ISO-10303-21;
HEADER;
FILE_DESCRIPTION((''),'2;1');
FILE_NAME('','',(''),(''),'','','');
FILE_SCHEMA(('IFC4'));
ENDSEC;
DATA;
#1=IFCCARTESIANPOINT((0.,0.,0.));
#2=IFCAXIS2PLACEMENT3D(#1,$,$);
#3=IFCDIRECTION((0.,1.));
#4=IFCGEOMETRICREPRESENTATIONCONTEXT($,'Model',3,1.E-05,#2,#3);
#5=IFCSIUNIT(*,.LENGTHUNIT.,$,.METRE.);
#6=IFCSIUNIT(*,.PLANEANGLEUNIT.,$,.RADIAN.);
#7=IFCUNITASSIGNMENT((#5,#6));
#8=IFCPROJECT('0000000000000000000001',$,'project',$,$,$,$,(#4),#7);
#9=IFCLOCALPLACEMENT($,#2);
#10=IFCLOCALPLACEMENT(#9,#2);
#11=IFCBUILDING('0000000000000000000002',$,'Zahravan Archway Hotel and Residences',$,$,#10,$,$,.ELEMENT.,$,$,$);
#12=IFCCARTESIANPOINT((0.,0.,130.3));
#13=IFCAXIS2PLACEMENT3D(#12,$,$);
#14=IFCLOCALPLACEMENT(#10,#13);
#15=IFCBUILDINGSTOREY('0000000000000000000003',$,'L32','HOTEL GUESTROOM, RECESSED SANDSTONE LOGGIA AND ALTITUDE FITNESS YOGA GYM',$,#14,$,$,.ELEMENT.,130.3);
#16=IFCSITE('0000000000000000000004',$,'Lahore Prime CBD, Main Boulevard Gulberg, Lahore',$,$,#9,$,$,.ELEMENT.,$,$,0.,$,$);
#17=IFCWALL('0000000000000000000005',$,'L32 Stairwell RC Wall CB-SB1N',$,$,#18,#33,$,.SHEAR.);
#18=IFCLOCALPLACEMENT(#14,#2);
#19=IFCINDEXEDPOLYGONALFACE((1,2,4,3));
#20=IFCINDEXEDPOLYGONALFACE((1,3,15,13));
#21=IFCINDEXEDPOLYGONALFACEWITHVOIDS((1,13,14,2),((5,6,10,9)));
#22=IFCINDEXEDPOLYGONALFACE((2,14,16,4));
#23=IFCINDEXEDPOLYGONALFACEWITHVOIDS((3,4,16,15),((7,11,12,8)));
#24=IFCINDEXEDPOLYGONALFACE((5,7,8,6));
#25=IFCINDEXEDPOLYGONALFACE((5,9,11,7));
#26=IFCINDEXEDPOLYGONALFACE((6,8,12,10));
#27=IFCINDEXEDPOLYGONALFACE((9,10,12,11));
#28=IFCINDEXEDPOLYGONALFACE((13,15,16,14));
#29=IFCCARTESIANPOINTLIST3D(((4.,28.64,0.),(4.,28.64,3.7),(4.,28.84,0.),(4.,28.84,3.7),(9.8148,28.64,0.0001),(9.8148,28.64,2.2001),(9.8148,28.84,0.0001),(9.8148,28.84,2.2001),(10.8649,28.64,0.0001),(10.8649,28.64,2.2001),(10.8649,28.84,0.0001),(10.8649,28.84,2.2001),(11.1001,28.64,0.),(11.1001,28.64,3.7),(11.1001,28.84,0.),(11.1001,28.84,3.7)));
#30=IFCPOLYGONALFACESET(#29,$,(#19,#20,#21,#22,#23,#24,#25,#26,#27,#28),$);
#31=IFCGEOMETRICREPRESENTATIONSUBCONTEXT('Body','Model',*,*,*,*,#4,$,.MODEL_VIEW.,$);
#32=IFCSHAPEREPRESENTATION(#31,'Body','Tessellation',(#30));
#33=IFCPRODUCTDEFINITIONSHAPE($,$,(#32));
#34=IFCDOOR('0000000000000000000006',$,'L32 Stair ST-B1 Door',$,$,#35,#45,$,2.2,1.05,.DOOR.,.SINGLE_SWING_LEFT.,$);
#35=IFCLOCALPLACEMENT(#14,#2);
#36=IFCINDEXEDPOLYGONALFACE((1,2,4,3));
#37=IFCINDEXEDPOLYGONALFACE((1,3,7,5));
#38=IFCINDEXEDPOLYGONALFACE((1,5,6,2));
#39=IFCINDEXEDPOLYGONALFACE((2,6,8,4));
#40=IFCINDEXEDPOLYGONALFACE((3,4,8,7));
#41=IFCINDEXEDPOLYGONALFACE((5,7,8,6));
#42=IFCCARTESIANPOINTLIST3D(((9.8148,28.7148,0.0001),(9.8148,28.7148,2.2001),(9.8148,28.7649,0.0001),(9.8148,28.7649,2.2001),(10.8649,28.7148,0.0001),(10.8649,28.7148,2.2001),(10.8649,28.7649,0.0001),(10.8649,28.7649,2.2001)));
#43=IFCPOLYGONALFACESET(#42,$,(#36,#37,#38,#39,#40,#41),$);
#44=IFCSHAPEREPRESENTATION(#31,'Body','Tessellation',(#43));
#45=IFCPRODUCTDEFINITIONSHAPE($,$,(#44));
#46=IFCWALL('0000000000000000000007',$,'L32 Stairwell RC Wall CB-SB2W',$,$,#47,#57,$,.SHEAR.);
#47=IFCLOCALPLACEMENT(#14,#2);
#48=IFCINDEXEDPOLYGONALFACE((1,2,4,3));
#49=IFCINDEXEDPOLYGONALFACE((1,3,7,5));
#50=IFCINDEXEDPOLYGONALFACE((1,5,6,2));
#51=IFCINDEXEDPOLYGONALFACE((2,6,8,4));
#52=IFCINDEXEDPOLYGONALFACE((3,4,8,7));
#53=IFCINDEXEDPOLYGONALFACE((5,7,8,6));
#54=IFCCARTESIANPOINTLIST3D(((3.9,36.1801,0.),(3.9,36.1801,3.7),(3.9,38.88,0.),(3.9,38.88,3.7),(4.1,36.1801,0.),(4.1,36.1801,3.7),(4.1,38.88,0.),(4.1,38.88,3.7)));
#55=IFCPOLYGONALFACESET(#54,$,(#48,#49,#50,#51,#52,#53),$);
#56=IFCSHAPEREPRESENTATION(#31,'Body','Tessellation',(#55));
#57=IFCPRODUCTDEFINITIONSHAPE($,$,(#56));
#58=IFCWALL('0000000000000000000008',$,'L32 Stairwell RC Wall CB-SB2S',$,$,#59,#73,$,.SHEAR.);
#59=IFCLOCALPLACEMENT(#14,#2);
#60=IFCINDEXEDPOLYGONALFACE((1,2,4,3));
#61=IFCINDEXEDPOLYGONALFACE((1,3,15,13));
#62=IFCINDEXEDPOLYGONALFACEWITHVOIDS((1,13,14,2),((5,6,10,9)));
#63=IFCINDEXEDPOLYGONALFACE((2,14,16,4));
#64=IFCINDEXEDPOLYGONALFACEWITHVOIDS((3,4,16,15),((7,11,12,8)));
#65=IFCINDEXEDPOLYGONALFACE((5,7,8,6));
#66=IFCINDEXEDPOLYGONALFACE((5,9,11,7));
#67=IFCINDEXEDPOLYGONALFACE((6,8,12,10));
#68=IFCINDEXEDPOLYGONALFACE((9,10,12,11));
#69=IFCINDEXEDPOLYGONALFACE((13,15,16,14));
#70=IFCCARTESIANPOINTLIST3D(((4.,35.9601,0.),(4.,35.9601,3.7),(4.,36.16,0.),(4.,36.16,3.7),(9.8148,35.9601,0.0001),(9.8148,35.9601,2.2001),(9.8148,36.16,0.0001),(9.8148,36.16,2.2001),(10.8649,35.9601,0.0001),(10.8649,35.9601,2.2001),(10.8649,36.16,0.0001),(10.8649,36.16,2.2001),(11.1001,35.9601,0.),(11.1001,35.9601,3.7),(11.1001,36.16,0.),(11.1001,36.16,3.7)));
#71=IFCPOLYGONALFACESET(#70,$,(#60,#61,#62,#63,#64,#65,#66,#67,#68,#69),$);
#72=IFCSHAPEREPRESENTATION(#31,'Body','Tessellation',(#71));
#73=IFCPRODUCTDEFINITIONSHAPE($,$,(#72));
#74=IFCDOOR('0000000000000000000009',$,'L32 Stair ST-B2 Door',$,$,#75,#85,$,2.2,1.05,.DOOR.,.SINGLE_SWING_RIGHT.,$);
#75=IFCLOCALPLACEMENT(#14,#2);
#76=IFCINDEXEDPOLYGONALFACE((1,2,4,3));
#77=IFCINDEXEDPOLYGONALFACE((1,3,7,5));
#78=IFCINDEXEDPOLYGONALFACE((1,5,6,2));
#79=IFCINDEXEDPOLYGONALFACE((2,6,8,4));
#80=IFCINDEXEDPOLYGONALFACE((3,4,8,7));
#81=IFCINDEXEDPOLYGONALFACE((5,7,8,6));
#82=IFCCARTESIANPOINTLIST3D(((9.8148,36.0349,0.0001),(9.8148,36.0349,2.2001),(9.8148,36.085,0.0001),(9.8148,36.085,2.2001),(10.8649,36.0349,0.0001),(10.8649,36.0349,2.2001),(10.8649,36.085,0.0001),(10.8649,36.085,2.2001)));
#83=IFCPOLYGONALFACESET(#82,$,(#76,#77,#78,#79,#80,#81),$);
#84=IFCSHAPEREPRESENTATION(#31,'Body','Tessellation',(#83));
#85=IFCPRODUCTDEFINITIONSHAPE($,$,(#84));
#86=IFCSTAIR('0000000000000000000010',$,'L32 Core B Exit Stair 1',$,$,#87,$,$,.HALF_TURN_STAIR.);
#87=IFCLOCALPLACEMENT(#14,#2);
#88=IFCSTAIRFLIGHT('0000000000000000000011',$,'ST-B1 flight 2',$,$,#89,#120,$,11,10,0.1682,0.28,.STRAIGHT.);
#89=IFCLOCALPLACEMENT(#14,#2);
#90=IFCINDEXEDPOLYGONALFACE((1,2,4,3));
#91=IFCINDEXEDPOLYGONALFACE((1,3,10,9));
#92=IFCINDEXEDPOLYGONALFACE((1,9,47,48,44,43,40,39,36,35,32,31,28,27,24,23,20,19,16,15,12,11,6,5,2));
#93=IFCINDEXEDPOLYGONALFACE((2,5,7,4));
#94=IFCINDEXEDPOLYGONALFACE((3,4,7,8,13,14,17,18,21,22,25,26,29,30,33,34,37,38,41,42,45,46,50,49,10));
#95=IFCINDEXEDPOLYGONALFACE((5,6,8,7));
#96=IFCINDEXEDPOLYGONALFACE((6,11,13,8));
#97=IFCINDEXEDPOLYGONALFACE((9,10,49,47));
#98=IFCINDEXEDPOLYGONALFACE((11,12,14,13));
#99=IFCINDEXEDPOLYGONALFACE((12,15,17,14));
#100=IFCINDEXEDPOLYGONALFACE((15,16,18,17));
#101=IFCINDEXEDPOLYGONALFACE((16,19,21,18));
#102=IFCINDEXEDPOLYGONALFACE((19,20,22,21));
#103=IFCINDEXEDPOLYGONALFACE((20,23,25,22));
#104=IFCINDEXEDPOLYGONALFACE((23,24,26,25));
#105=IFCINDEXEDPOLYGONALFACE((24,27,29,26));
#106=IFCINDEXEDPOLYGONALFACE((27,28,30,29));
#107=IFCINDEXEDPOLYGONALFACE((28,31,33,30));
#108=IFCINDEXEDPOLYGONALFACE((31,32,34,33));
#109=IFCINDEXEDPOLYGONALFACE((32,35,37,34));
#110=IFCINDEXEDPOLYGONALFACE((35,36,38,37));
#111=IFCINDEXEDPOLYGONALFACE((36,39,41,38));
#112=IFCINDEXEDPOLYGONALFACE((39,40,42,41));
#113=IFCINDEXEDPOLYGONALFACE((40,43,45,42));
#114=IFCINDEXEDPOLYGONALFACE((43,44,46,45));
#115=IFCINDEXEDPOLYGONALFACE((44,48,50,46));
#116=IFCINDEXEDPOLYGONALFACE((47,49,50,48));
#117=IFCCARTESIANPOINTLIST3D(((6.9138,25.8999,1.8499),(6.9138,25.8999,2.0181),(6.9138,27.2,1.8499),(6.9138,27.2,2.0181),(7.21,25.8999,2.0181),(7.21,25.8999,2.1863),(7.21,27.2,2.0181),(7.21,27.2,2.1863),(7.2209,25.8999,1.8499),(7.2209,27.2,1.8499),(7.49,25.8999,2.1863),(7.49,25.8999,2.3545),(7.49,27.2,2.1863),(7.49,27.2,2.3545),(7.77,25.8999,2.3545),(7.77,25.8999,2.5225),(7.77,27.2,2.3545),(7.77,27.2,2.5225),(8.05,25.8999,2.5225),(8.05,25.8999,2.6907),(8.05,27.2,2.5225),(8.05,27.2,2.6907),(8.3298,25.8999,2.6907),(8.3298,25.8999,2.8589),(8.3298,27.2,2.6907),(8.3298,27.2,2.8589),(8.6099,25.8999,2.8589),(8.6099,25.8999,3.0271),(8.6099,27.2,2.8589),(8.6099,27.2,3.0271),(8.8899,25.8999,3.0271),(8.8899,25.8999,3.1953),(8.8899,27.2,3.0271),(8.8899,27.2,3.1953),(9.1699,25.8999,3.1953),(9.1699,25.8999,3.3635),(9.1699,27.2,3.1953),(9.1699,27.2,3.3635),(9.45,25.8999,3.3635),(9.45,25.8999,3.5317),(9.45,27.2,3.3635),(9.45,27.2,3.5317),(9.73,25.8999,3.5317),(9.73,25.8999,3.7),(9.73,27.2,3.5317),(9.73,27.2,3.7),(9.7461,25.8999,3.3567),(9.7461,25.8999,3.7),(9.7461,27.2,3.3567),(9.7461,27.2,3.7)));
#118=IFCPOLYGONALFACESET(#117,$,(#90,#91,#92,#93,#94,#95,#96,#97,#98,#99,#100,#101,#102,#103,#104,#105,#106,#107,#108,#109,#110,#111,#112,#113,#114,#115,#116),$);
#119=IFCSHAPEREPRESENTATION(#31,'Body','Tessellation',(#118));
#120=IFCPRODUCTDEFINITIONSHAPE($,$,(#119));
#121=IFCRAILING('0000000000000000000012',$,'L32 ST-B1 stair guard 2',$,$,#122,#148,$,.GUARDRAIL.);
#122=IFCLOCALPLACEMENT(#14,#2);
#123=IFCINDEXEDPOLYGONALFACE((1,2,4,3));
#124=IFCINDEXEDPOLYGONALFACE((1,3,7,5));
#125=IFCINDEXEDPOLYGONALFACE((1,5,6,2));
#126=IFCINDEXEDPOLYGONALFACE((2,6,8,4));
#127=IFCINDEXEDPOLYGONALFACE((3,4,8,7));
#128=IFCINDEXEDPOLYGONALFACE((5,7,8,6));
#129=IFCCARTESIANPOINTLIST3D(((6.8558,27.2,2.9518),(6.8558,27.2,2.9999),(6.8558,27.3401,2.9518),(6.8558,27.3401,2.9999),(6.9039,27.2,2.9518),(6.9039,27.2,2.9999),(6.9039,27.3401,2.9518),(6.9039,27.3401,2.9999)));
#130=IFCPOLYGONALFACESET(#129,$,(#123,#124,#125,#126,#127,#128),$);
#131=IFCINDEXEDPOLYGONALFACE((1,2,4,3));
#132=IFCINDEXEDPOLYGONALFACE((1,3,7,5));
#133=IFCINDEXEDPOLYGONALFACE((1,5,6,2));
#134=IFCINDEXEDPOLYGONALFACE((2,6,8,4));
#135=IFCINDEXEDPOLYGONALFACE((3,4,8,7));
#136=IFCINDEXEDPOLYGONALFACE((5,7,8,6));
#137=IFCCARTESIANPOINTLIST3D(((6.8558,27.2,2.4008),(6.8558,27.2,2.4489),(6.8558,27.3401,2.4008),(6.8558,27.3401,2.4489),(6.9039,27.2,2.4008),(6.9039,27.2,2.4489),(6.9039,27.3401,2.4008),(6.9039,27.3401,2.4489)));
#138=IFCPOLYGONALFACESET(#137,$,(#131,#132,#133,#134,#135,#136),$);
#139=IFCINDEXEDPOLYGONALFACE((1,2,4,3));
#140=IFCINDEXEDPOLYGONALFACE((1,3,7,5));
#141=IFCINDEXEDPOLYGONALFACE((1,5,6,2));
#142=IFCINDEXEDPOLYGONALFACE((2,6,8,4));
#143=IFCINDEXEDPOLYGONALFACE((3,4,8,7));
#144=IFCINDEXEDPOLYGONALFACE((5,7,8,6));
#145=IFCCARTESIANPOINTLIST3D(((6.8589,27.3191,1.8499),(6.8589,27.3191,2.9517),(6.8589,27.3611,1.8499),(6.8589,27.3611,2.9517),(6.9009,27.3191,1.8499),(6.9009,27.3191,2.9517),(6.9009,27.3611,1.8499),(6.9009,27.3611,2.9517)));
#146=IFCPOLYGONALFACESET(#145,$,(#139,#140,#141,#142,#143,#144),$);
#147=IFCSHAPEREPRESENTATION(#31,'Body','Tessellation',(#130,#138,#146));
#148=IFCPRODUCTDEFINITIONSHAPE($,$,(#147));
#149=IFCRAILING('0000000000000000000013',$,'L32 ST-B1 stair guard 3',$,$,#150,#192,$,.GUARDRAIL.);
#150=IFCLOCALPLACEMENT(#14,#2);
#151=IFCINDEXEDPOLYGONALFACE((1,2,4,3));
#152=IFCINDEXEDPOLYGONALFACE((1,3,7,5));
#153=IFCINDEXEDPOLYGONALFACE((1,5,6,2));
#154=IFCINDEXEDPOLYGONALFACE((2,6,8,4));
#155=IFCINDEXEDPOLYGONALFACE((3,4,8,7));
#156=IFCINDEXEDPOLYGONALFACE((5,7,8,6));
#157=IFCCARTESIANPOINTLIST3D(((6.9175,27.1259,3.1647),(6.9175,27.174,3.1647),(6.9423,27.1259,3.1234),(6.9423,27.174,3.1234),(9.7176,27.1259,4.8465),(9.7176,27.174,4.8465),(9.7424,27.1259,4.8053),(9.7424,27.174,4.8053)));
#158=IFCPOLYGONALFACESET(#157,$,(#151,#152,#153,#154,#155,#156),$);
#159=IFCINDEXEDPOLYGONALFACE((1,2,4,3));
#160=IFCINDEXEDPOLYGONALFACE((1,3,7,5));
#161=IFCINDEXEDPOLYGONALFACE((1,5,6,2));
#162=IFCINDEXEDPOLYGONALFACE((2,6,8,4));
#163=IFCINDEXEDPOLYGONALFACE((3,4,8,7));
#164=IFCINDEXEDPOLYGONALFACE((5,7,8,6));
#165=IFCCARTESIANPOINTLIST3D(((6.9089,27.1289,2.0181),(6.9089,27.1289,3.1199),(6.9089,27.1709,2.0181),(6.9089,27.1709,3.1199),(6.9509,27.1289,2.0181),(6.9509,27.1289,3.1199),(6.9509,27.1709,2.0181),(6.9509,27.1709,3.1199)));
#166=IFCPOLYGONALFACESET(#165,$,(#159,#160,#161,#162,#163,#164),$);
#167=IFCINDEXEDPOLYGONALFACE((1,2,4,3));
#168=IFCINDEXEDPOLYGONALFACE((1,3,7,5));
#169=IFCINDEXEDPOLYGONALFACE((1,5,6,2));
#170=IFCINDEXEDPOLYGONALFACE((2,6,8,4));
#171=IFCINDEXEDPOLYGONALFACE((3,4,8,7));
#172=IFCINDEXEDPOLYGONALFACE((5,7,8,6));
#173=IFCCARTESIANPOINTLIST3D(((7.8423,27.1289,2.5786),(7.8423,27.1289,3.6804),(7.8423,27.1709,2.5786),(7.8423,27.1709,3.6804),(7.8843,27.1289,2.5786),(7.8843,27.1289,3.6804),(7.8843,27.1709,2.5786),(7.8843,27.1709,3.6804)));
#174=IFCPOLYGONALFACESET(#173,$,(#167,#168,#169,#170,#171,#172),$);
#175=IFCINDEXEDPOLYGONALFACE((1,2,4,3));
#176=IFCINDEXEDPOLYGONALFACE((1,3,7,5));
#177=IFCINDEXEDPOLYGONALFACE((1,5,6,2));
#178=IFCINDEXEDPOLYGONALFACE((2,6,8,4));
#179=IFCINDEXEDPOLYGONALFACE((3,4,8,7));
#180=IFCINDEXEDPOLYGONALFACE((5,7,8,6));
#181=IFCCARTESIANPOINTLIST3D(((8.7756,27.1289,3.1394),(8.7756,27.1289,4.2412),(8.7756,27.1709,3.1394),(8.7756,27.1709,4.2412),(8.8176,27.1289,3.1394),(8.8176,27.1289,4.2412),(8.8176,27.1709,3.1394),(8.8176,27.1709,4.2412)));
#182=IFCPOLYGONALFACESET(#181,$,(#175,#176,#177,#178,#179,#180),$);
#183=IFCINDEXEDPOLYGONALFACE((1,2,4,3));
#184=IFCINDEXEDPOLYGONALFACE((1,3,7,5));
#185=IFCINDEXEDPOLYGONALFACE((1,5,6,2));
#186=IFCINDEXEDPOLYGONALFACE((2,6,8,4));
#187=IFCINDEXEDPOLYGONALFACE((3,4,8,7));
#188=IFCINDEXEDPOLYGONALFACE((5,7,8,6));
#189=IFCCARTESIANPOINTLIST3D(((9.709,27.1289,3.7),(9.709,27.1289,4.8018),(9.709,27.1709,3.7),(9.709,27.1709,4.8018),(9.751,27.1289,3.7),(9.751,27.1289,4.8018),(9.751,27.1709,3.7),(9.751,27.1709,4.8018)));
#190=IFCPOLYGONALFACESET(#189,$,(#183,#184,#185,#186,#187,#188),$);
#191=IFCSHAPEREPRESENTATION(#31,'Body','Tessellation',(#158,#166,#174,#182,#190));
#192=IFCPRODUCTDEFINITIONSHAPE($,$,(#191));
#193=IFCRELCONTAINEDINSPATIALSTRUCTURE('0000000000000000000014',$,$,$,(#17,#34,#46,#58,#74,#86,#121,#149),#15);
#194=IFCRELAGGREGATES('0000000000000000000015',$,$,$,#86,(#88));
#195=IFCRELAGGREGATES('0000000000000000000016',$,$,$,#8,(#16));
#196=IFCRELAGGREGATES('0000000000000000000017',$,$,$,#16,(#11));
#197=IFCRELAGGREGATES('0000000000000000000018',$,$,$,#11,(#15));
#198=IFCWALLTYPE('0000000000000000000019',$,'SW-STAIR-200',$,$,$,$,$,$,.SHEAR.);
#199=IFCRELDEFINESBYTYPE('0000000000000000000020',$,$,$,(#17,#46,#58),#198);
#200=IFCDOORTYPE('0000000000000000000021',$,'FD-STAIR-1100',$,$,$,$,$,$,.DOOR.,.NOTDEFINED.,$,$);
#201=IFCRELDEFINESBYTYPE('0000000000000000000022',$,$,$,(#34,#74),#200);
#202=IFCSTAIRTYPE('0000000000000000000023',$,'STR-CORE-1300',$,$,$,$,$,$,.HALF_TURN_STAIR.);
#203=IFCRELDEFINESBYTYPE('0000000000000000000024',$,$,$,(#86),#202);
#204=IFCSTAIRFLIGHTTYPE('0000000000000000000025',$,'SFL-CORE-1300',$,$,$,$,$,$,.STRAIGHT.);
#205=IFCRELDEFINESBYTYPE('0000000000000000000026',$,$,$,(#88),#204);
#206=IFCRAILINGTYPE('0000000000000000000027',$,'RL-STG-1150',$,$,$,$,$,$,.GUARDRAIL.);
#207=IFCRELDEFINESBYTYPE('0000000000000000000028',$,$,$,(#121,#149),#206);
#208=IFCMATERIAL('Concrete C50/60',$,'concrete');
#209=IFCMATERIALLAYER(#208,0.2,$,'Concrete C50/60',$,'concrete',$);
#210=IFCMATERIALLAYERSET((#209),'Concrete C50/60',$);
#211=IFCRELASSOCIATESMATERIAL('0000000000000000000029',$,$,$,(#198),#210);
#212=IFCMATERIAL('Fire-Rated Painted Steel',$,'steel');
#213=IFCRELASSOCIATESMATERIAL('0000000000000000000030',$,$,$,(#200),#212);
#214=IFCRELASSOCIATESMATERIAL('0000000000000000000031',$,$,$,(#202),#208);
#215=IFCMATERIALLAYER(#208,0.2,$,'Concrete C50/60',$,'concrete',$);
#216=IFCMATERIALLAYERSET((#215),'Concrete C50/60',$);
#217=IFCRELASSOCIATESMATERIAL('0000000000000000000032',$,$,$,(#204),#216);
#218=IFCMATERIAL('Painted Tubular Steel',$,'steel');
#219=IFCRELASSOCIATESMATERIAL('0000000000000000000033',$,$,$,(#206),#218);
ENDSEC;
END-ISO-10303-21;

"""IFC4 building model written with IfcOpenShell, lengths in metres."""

from ifc_helpers import new_model, si_unit, direction, frame, frame_2d, origin, origin_2d, place, context, subcontext, project, spatial, polyline, rectangle, outline, extrude, source, transform, mapped, material, layer, layer_set, type_object, type_shapes, element, fill, aggregate, save


model = new_model("IFC4")

# Units and contexts
model_context = context("Model", 3, precision=1e-05, world=origin(), true_north=direction((0.0, 1.0)))
body_context = subcontext(model_context, "Body", "Model", "MODEL_VIEW")
ifc_project = project(units=[si_unit("LENGTHUNIT", "METRE"), si_unit("PLANEANGLEUNIT", "RADIAN")], contexts=[model_context])

# Site, building, storey
site_placement = place(None, origin())
site = spatial("IfcSite", under=ifc_project, at=site_placement, Name="Lahore Prime CBD, Main Boulevard Gulberg, Lahore", CompositionType="ELEMENT", RefElevation=0.0)
building_placement = place(site_placement, origin())
building = spatial("IfcBuilding", under=site, at=building_placement, Name="Zahravan Archway Hotel and Residences", CompositionType="ELEMENT")
storey_placement = place(building_placement, frame((0.0, 0.0, 130.3)))
storey = spatial("IfcBuildingStorey", under=building, at=storey_placement, Name="L32", Description="HOTEL GUESTROOM, RECESSED SANDSTONE LOGGIA AND ALTITUDE FITNESS YOGA GYM", CompositionType="ELEMENT", Elevation=130.3)

# Shared definitions
ifc_material_1 = material(Name="Fire-Rated Painted Steel", Category="steel")

# Shared definitions
ifc_material_2 = material(Name="Concrete C50/60", Category="concrete")
ifc_layer_1 = layer(ifc_material_2, 0.2, Name="Concrete C50/60", Category="concrete")
ifc_layer_set_1 = layer_set([ifc_layer_1], Name="Concrete C50/60")
wall_type_1 = type_object("IfcWallType", Name="SW-STAIR-200", PredefinedType="SHEAR", material=ifc_layer_set_1)

# Wall, opening, door
wall_1_placement = place(storey_placement, frame((4.0, 28.74, 0.0), z_axis=(0.0, 0.0, 1.0), x_axis=(1.0, 0.0, 0.0)))
wall_1 = element("IfcWall", 1, at=wall_1_placement, inside=storey, type_object=wall_type_1, Name="L32 Stairwell RC Wall CB-SB1N", PredefinedType="SHEAR", context=body_context, shape_type="SweptSolid", body=[
    extrude(rectangle(XDim=7.1001, YDim=0.2, at=frame_2d((3.55, 0.0))), origin(), (0.0, 0.0, 1.0), 3.7),
])
opening_1_placement = place(wall_1_placement, frame((5.8149, 0.0, 0.0)))
opening_1 = element("IfcOpeningElement", 2, at=opening_1_placement, cuts=wall_1, PredefinedType="OPENING", context=body_context, shape_type="SweptSolid", body=[
    extrude(rectangle(XDim=1.05, YDim=2.2, at=frame_2d((0.5249, 1.1001))), frame((0.0, 0.1099, 0.0), z_axis=(0.0, -1.0, 0.0), x_axis=(1.0, 0.0, 0.0)), (0.0, 0.0, 1.0), 0.22),
])
door_type_1 = type_object("IfcDoorType", Name="FD-STAIR-1100", OperationType="NOTDEFINED", PredefinedType="DOOR", material=ifc_material_1)
shared_shape_1 = source(origin(), body_context, "Body", "SweptSolid", [
    extrude(rectangle(XDim=1.05, YDim=2.2, at=frame_2d((0.5249, 1.1001))), frame((0.0, 0.0249, 0.0), z_axis=(0.0, -1.0, 0.0), x_axis=(1.0, 0.0, 0.0)), (0.0, 0.0, 1.0), 0.05),
])
type_shapes(door_type_1, [shared_shape_1])
door_1_placement = place(opening_1_placement, origin())
door_1 = element("IfcDoor", 3, at=door_1_placement, inside=storey, type_object=door_type_1, Name="L32 Stair ST-B1 Door", OperationType="SINGLE_SWING_LEFT", OverallHeight=2.2, OverallWidth=1.05, PredefinedType="DOOR", context=body_context, shape_type="MappedRepresentation", body=[
    mapped(shared_shape_1, transform((0.0, 0.0, 0.0), scale=1.0)),
])
fill(opening_1, door_1)

# Wall
wall_2_placement = place(storey_placement, frame((4.0, 36.1799, 0.0), z_axis=(0.0, 0.0, 1.0), x_axis=(0.0, 1.0, 0.0)))
element("IfcWall", 4, at=wall_2_placement, inside=storey, type_object=wall_type_1, Name="L32 Stairwell RC Wall CB-SB2W", PredefinedType="SHEAR", context=body_context, shape_type="SweptSolid", body=[
    extrude(rectangle(XDim=2.7, YDim=0.2, at=frame_2d((1.3501, 0.0))), origin(), (0.0, 0.0, 1.0), 3.7),
])

# Wall, opening, door
wall_3_placement = place(storey_placement, frame((4.0, 36.0601, 0.0), z_axis=(0.0, 0.0, 1.0), x_axis=(1.0, 0.0, 0.0)))
wall_3 = element("IfcWall", 5, at=wall_3_placement, inside=storey, type_object=wall_type_1, Name="L32 Stairwell RC Wall CB-SB2S", PredefinedType="SHEAR", context=body_context, shape_type="SweptSolid", body=[
    extrude(rectangle(XDim=7.1001, YDim=0.2, at=frame_2d((3.55, 0.0))), origin(), (0.0, 0.0, 1.0), 3.7),
])
opening_2_placement = place(wall_3_placement, frame((5.8149, 0.0, 0.0)))
opening_2 = element("IfcOpeningElement", 6, at=opening_2_placement, cuts=wall_3, PredefinedType="OPENING", context=body_context, shape_type="SweptSolid", body=[
    extrude(rectangle(XDim=1.05, YDim=2.2, at=frame_2d((0.5249, 1.1001))), frame((0.0, 0.1099, 0.0), z_axis=(0.0, -1.0, 0.0), x_axis=(1.0, 0.0, 0.0)), (0.0, 0.0, 1.0), 0.22),
])
door_2_placement = place(opening_2_placement, origin())
door_2 = element("IfcDoor", 7, at=door_2_placement, inside=storey, type_object=door_type_1, Name="L32 Stair ST-B2 Door", OperationType="SINGLE_SWING_RIGHT", OverallHeight=2.2, OverallWidth=1.05, PredefinedType="DOOR", context=body_context, shape_type="MappedRepresentation", body=[
    mapped(shared_shape_1, transform((0.0, 0.0, 0.0), scale=1.0)),
])
fill(opening_2, door_2)

# Stair, stair flight
stair_type = type_object("IfcStairType", Name="STR-CORE-1300", PredefinedType="HALF_TURN_STAIR", material=ifc_material_2)
stair_placement = place(storey_placement, origin())
stair = element("IfcStair", 8, at=stair_placement, inside=storey, type_object=stair_type, Name="L32 Core B Exit Stair 1", PredefinedType="HALF_TURN_STAIR")
ifc_layer_2 = layer(ifc_material_2, 0.2, Name="Concrete C50/60", Category="concrete")
ifc_layer_set_2 = layer_set([ifc_layer_2], Name="Concrete C50/60")
stair_flight_type = type_object("IfcStairFlightType", Name="SFL-CORE-1300", PredefinedType="STRAIGHT", material=ifc_layer_set_2)
shared_shape_2 = source(origin(), body_context, "Body", "SweptSolid", [
    extrude(outline(polyline([(-0.0161, 0.0), (-0.0161, 0.1682), (0.28, 0.1682), (0.28, 0.3364), (0.5601, 0.3364), (0.5601, 0.5046), (0.8401, 0.5046), (0.8401, 0.6726), (1.1201, 0.6726), (1.1201, 0.8408), (1.3999, 0.8408), (1.3999, 1.009), (1.6799, 1.009), (1.6799, 1.1772), (1.96, 1.1772), (1.96, 1.3455), (2.24, 1.3455), (2.24, 1.5137), (2.52, 1.5137), (2.52, 1.6819), (2.8, 1.6819), (2.8, 1.8501), (2.8162, 1.8501), (2.8162, 1.5068), (0.291, 0.0), (-0.0161, 0.0)])), frame((0.0, 0.6499, 0.0), z_axis=(0.0, -1.0, 0.0), x_axis=(1.0, 0.0, 0.0)), (0.0, 0.0, 1.0), 1.3),
])
stair_flight_placement = place(storey_placement, frame((6.9299, 26.55, 1.8499), z_axis=(0.0, 0.0, 1.0), x_axis=(1.0, 0.0, 0.0)))
stair_flight = element("IfcStairFlight", 9, at=stair_flight_placement, type_object=stair_flight_type, Name="ST-B1 flight 2", NumberOfRisers=11, NumberOfTreads=10, PredefinedType="STRAIGHT", RiserHeight=0.1682, TreadLength=0.28, context=body_context, shape_type="MappedRepresentation", body=[
    mapped(shared_shape_2, transform((0.0, 0.0, 0.0), scale=1.0)),
])
aggregate(stair, [stair_flight])

# Railings
ifc_material_3 = material(Name="Painted Tubular Steel", Category="steel")
railing_type_1 = type_object("IfcRailingType", Name="RL-STG-1150", PredefinedType="GUARDRAIL", material=ifc_material_3)
railing_1_placement = place(storey_placement, frame((6.8799, 27.3401, 1.8499)))
element("IfcRailing", 10, at=railing_1_placement, inside=storey, type_object=railing_type_1, Name="L32 ST-B1 stair guard 2", PredefinedType="GUARDRAIL", context=body_context, shape_type="SweptSolid", body=[
    extrude(rectangle(XDim=0.0481, YDim=0.0481, at=origin_2d()), frame((0.0, 0.0, 1.126), z_axis=(0.0, -1.0, 0.0), x_axis=(1.0, 0.0, 0.0)), (0.0, 0.0, 1.0), 0.1401),
    extrude(rectangle(XDim=0.0481, YDim=0.0481, at=origin_2d()), frame((0.0, 0.0, 0.575), z_axis=(0.0, -1.0, 0.0), x_axis=(1.0, 0.0, 0.0)), (0.0, 0.0, 1.0), 0.1401),
    extrude(rectangle(XDim=0.042, YDim=0.042, at=origin_2d()), origin(), (0.0, 0.0, 1.0), 1.1018),
])
railing_2_placement = place(storey_placement, frame((6.9299, 27.1499, 2.0181)))
element("IfcRailing", 11, at=railing_2_placement, inside=storey, type_object=railing_type_1, Name="L32 ST-B1 stair guard 3", PredefinedType="GUARDRAIL", context=body_context, shape_type="SweptSolid", body=[
    extrude(rectangle(XDim=0.0481, YDim=0.0481, at=origin_2d()), frame((0.0, 0.0, 1.126), z_axis=(0.857242, 0.0, 0.514913), x_axis=(0.0, 1.0, 0.0)), (0.0, 0.0, 1.0), 3.2664),
    extrude(rectangle(XDim=0.042, YDim=0.042, at=origin_2d()), origin(), (0.0, 0.0, 1.0), 1.1018),
    extrude(rectangle(XDim=0.042, YDim=0.042, at=origin_2d()), frame((0.9333, 0.0, 0.5605)), (0.0, 0.0, 1.0), 1.1018),
    extrude(rectangle(XDim=0.042, YDim=0.042, at=origin_2d()), frame((1.8667, 0.0, 1.1213)), (0.0, 0.0, 1.0), 1.1018),
    extrude(rectangle(XDim=0.042, YDim=0.042, at=origin_2d()), frame((2.8, 0.0, 1.6819)), (0.0, 0.0, 1.0), 1.1018),
])

save(model, "model.ifc")
